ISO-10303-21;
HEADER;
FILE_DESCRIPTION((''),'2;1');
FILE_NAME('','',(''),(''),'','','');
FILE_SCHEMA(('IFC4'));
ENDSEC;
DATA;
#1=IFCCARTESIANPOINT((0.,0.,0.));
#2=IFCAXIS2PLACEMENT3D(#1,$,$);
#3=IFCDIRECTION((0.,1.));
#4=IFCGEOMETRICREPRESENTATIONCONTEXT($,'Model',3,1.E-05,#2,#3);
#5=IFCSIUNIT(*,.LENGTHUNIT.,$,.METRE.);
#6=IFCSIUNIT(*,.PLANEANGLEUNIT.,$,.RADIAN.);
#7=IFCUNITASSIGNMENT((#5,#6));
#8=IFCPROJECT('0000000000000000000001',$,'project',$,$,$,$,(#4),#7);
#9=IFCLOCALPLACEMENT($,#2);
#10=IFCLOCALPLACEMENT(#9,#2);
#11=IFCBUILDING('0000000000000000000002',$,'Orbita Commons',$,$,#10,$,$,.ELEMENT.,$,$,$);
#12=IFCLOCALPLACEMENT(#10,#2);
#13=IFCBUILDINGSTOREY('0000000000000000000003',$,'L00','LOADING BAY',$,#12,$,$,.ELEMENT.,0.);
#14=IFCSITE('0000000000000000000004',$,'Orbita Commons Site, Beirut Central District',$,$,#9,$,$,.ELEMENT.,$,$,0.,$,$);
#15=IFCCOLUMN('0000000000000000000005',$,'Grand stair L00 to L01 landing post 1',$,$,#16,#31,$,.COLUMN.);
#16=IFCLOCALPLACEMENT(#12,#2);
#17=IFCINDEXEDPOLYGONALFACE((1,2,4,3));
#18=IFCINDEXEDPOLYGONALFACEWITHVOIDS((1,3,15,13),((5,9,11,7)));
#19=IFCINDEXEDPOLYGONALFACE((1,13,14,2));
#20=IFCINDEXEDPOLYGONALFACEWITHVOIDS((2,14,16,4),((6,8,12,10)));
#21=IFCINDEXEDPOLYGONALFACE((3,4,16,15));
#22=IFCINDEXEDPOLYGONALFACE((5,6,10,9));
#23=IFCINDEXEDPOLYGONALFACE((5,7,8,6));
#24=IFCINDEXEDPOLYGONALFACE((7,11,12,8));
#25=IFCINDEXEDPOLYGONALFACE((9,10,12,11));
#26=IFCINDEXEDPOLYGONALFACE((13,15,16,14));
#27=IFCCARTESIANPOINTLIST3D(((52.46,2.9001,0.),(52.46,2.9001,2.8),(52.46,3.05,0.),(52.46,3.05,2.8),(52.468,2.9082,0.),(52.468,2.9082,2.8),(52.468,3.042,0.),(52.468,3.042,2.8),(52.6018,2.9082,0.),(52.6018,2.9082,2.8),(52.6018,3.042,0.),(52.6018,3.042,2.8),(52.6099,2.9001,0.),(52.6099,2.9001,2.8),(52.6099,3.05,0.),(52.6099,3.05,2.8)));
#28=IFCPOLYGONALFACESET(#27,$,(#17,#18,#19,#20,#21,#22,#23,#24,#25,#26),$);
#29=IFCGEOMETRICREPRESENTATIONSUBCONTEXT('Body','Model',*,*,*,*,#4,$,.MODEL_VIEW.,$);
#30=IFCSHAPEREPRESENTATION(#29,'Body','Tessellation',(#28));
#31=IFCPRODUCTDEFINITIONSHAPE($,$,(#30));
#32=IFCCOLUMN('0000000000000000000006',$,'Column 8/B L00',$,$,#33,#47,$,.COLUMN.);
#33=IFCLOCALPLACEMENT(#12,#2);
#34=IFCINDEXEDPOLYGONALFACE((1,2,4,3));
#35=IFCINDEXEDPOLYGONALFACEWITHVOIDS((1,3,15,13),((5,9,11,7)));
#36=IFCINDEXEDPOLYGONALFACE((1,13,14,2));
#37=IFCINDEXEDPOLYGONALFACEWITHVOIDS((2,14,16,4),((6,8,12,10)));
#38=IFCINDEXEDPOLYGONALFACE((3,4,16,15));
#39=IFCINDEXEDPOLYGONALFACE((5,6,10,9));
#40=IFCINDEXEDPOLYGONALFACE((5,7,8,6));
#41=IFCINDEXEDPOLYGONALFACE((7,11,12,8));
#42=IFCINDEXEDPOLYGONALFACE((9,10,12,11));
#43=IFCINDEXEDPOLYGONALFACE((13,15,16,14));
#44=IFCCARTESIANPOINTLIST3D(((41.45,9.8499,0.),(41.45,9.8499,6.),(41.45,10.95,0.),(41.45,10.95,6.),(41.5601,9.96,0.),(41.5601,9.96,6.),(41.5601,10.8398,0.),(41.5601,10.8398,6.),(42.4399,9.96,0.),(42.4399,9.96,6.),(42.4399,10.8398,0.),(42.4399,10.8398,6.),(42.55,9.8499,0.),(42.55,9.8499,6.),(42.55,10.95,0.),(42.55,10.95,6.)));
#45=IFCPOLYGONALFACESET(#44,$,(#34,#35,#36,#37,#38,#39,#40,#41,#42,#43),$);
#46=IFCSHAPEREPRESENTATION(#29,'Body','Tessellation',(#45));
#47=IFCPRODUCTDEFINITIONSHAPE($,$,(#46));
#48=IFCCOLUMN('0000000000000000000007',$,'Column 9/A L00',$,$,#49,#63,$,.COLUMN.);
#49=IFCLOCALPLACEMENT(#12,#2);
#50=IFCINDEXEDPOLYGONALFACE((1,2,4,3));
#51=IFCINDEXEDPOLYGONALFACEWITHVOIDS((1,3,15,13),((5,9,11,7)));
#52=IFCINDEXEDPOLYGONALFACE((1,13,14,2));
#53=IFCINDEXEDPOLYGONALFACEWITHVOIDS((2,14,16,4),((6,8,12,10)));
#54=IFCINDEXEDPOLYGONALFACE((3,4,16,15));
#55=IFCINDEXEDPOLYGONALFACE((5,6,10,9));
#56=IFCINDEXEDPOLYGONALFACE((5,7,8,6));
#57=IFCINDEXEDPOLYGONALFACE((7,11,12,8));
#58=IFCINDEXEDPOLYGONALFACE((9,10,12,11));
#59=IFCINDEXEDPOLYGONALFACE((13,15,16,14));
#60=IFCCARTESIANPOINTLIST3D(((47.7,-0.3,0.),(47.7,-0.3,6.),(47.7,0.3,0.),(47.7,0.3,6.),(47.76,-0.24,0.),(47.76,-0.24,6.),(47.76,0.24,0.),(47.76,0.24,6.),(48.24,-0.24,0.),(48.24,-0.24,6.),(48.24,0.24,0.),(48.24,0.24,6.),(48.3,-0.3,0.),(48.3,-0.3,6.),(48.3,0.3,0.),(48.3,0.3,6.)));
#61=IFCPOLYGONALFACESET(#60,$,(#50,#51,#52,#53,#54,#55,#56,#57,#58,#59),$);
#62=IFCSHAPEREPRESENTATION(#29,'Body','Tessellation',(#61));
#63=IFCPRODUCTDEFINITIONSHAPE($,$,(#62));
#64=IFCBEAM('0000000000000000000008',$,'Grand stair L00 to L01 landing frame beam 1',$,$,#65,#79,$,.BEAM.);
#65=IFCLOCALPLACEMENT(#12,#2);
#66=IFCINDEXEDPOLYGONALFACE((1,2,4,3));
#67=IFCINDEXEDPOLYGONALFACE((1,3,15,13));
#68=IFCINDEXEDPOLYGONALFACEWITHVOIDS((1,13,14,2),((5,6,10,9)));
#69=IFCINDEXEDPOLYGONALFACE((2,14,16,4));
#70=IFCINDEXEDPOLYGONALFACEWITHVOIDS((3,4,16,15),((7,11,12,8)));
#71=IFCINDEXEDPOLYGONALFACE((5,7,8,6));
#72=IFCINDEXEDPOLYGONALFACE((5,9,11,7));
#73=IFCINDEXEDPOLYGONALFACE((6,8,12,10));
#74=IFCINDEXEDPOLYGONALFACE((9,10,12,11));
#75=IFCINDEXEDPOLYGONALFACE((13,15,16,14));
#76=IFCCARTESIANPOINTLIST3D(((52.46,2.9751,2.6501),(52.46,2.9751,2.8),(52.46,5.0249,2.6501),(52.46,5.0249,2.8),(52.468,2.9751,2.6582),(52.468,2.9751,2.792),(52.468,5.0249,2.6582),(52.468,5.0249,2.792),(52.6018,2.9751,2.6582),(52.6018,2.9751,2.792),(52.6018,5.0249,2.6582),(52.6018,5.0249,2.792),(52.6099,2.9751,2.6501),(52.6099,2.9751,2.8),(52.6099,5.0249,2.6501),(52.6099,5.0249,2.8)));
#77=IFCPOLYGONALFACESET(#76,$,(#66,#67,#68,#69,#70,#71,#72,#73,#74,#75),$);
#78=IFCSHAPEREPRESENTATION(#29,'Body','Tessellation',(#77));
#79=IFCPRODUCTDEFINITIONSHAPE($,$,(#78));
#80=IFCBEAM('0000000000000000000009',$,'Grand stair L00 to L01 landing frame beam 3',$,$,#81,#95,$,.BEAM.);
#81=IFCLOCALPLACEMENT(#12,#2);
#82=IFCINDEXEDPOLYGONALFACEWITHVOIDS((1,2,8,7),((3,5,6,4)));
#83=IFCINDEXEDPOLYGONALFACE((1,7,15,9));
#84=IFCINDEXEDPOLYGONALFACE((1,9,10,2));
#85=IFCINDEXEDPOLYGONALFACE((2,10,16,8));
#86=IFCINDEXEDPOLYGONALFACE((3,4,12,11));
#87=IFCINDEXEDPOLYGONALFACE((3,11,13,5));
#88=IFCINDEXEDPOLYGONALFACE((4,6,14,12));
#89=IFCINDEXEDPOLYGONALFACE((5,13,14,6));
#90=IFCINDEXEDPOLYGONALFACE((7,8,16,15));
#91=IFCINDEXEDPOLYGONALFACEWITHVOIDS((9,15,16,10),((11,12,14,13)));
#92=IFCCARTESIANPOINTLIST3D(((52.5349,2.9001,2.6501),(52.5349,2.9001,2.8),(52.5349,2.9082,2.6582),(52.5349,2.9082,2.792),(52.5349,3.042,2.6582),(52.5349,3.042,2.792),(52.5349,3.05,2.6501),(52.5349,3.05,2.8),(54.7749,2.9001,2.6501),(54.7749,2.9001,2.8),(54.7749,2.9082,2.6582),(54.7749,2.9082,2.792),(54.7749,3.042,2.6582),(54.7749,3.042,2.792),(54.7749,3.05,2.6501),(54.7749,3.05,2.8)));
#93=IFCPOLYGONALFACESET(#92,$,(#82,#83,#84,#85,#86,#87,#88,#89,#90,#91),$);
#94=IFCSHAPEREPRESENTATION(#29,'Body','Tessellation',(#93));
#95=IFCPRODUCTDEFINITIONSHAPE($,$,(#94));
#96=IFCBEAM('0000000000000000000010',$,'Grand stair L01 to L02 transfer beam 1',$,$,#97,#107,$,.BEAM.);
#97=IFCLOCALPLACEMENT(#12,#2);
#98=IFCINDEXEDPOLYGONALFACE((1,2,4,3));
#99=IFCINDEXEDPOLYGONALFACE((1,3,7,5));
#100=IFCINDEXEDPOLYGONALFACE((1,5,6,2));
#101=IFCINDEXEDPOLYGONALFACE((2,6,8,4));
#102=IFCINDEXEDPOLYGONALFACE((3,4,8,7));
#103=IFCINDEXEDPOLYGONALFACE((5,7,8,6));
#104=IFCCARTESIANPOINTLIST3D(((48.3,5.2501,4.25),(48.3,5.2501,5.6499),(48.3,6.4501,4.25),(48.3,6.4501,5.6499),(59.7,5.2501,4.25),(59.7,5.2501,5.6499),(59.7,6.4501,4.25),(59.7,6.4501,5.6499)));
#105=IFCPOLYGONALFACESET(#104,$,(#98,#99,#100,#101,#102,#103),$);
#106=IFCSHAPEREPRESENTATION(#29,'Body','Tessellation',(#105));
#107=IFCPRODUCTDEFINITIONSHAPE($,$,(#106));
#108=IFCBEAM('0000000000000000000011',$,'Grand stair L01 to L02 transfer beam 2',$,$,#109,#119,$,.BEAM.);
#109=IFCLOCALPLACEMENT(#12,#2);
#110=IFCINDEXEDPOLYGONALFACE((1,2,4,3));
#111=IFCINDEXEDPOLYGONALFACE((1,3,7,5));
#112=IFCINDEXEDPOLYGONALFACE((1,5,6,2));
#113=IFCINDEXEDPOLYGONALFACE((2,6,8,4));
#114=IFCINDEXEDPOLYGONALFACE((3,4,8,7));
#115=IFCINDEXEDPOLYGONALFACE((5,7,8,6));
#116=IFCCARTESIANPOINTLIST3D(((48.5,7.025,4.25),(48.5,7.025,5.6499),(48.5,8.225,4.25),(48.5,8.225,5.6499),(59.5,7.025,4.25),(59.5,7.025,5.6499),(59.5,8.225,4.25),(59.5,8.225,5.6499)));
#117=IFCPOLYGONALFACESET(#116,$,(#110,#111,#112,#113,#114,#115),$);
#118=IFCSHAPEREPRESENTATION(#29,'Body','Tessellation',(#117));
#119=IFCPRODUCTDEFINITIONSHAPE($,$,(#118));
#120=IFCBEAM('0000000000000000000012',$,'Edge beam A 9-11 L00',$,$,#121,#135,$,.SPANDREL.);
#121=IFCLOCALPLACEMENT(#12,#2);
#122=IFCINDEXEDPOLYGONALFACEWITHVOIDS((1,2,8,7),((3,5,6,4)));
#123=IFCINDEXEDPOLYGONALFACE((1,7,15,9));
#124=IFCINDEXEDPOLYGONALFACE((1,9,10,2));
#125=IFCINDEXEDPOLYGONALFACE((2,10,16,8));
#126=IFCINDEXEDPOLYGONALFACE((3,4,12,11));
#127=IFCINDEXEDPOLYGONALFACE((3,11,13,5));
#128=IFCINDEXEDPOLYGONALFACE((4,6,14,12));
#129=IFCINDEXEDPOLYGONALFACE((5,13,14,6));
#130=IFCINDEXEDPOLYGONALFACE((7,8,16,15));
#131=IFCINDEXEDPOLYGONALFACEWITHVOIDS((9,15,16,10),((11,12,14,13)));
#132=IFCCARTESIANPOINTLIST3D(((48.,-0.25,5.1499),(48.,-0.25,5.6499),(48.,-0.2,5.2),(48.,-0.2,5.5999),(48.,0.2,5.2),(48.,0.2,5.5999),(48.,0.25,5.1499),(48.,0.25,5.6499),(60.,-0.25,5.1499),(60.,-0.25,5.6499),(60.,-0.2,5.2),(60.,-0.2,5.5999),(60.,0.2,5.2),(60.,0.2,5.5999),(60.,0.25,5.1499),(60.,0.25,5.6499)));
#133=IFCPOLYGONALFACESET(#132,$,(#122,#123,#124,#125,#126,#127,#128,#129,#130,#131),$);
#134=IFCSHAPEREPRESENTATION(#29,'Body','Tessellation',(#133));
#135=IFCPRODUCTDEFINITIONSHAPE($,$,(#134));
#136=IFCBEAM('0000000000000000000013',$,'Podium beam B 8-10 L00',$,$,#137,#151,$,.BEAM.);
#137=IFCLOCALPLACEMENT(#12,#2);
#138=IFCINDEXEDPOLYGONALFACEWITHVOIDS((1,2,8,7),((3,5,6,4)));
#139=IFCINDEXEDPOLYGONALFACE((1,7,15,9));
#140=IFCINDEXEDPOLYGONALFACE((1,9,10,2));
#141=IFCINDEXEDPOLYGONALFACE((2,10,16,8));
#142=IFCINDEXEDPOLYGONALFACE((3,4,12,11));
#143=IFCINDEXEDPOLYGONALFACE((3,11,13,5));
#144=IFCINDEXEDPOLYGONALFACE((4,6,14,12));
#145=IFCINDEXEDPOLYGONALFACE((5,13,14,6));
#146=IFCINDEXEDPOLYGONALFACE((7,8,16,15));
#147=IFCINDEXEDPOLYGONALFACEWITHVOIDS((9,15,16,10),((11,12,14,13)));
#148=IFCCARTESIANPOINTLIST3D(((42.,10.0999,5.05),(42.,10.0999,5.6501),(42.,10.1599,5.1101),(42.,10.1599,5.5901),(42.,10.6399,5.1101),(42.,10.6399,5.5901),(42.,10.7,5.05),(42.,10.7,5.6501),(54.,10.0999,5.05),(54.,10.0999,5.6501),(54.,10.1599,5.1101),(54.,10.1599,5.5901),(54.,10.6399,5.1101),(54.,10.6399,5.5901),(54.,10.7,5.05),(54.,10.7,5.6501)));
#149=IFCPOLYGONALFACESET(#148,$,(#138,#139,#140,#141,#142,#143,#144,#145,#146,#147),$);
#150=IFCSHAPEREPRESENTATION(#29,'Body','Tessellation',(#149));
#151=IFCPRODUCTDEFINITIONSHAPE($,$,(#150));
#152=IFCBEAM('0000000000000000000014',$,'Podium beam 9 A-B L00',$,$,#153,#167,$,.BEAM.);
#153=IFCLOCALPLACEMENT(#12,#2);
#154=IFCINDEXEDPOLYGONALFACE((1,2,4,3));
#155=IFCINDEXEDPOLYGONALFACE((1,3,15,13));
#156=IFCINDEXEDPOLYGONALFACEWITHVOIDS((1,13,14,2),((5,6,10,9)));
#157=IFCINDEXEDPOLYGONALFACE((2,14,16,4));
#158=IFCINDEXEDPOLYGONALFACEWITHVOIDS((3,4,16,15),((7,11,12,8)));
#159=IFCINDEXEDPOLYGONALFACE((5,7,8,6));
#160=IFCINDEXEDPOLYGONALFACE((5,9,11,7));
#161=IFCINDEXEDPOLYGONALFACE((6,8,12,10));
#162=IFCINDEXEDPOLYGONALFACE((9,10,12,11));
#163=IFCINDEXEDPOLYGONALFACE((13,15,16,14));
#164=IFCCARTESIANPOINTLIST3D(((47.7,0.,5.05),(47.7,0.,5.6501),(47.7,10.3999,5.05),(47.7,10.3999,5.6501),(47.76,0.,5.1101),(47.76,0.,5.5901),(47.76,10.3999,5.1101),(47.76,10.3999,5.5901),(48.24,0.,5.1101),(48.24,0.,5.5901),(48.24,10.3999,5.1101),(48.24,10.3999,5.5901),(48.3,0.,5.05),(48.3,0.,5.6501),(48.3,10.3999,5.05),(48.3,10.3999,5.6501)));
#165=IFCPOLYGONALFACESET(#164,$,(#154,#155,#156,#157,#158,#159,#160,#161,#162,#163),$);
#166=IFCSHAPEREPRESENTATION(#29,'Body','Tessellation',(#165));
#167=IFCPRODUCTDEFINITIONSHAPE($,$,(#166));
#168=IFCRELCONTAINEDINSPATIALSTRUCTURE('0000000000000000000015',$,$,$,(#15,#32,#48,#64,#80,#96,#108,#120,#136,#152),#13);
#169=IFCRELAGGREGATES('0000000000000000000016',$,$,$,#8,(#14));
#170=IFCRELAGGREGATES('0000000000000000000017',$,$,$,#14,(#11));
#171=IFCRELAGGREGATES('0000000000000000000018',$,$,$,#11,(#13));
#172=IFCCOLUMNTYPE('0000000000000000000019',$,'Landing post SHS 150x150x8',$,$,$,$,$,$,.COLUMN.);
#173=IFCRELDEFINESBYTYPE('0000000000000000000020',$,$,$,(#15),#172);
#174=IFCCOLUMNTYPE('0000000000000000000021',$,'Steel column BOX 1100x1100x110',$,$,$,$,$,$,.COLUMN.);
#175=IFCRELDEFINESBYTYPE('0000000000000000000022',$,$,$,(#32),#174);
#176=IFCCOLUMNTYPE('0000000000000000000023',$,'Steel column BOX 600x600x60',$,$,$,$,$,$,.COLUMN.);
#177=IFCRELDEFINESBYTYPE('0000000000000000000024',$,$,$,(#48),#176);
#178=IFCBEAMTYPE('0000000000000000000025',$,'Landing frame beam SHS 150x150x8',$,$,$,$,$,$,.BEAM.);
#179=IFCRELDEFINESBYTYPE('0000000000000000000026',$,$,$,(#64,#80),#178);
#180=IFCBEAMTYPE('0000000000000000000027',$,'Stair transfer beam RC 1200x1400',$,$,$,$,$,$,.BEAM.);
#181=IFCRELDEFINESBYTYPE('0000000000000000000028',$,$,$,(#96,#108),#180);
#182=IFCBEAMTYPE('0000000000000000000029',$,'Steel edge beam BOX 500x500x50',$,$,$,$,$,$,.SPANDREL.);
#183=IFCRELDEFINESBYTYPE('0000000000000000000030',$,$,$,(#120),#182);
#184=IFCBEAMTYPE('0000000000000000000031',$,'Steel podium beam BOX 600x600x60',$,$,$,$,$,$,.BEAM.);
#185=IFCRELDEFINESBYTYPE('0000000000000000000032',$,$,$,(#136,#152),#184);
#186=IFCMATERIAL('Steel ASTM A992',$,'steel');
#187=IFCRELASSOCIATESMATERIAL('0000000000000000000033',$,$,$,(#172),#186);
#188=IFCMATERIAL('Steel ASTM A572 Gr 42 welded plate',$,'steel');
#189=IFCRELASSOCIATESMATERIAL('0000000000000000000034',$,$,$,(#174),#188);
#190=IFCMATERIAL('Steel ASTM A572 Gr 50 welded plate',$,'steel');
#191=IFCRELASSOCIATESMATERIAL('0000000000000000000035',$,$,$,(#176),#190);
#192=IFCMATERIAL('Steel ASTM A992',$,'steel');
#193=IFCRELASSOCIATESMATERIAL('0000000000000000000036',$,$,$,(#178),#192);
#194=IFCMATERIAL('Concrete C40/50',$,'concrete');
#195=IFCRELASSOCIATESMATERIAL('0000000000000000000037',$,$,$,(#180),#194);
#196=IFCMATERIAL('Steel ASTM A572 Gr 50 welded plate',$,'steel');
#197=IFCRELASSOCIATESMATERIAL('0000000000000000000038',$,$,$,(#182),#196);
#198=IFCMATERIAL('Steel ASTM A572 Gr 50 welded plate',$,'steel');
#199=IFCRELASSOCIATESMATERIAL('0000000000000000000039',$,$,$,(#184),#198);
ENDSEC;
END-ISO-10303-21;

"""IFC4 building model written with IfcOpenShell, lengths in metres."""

from ifc_helpers import new_model, si_unit, direction, frame, origin, origin_2d, place, context, subcontext, project, spatial, rectangle, hollow_rectangle, extrude, material, material_profile, profile_set, type_object, element, save


model = new_model("IFC4")

# Units and contexts
model_context = context("Model", 3, precision=1e-05, world=origin(), true_north=direction((0.0, 1.0)))
body_context = subcontext(model_context, "Body", "Model", "MODEL_VIEW")
ifc_project = project(units=[si_unit("LENGTHUNIT", "METRE"), si_unit("PLANEANGLEUNIT", "RADIAN")], contexts=[model_context])

# Site, building, storey
site_placement = place(None, origin())
site = spatial("IfcSite", under=ifc_project, at=site_placement, Name="Orbita Commons Site, Beirut Central District", CompositionType="ELEMENT", RefElevation=0.0)
building_placement = place(site_placement, origin())
building = spatial("IfcBuilding", under=site, at=building_placement, Name="Orbita Commons", CompositionType="ELEMENT")
storey_placement = place(building_placement, origin())
storey = spatial("IfcBuildingStorey", under=building, at=storey_placement, Name="L00", Description="LOADING BAY", CompositionType="ELEMENT", Elevation=0.0)

# Columns
ifc_material_1 = material(Name="Steel ASTM A992", Category="steel")
ifc_material_profile_1 = material_profile(ifc_material_1, hollow_rectangle(XDim=0.1499, YDim=0.1499, WallThickness=0.0081, at=origin_2d()), Name="SHS 150x150x8")
ifc_profile_set_1 = profile_set([ifc_material_profile_1], Name="Steel ASTM A992")
column_type_1 = type_object("IfcColumnType", Name="Landing post SHS 150x150x8", PredefinedType="COLUMN", material=ifc_profile_set_1)
column_1_placement = place(storey_placement, frame((52.5349, 2.9751, 0.0), z_axis=(0.0, 0.0, 1.0), x_axis=(1.0, 0.0, 0.0)))
element("IfcColumn", 1, at=column_1_placement, inside=storey, type_object=column_type_1, Name="Grand stair L00 to L01 landing post 1", PredefinedType="COLUMN", context=body_context, shape_type="SweptSolid", body=[
    extrude(hollow_rectangle(XDim=0.1499, YDim=0.1499, WallThickness=0.0081, at=origin_2d()), origin(), (0.0, 0.0, 1.0), 2.8),
])
ifc_material_2 = material(Name="Steel ASTM A572 Gr 42 welded plate", Category="steel")
ifc_material_profile_2 = material_profile(ifc_material_2, hollow_rectangle(XDim=1.1001, YDim=1.1001, WallThickness=0.1101, at=origin_2d()), Name="BOX 1100x1100x110")
ifc_profile_set_2 = profile_set([ifc_material_profile_2], Name="Steel ASTM A572 Gr 42 welded plate")
column_type_2 = type_object("IfcColumnType", Name="Steel column BOX 1100x1100x110", PredefinedType="COLUMN", material=ifc_profile_set_2)
column_2_placement = place(storey_placement, frame((42.0, 10.3999, 0.0), z_axis=(0.0, 0.0, 1.0), x_axis=(1.0, 0.0, 0.0)))
element("IfcColumn", 2, at=column_2_placement, inside=storey, type_object=column_type_2, Name="Column 8/B L00", PredefinedType="COLUMN", context=body_context, shape_type="SweptSolid", body=[
    extrude(hollow_rectangle(XDim=1.1001, YDim=1.1001, WallThickness=0.1101, at=origin_2d()), origin(), (0.0, 0.0, 1.0), 6.0),
])
ifc_material_3 = material(Name="Steel ASTM A572 Gr 50 welded plate", Category="steel")
ifc_material_profile_3 = material_profile(ifc_material_3, hollow_rectangle(XDim=0.6001, YDim=0.6001, WallThickness=0.0601, at=origin_2d()), Name="BOX 600x600x60")
ifc_profile_set_3 = profile_set([ifc_material_profile_3], Name="Steel ASTM A572 Gr 50 welded plate")
column_type_3 = type_object("IfcColumnType", Name="Steel column BOX 600x600x60", PredefinedType="COLUMN", material=ifc_profile_set_3)
column_3_placement = place(storey_placement, frame((48.0, 0.0, 0.0), z_axis=(0.0, 0.0, 1.0), x_axis=(1.0, 0.0, 0.0)))
element("IfcColumn", 3, at=column_3_placement, inside=storey, type_object=column_type_3, Name="Column 9/A L00", PredefinedType="COLUMN", context=body_context, shape_type="SweptSolid", body=[
    extrude(hollow_rectangle(XDim=0.6001, YDim=0.6001, WallThickness=0.0601, at=origin_2d()), origin(), (0.0, 0.0, 1.0), 6.0),
])

# Beams
ifc_material_4 = material(Name="Steel ASTM A992", Category="steel")
ifc_material_profile_4 = material_profile(ifc_material_4, hollow_rectangle(XDim=0.1499, YDim=0.1499, WallThickness=0.0081, at=origin_2d()), Name="SHS 150x150x8")
ifc_profile_set_4 = profile_set([ifc_material_profile_4], Name="Steel ASTM A992")
beam_type_1 = type_object("IfcBeamType", Name="Landing frame beam SHS 150x150x8", PredefinedType="BEAM", material=ifc_profile_set_4)
beam_1_placement = place(storey_placement, frame((52.5349, 2.9751, 2.7251), z_axis=(0.0, 1.0, 0.0), x_axis=(-1.0, 0.0, 0.0)))
element("IfcBeam", 4, at=beam_1_placement, inside=storey, type_object=beam_type_1, Name="Grand stair L00 to L01 landing frame beam 1", PredefinedType="BEAM", context=body_context, shape_type="SweptSolid", body=[
    extrude(hollow_rectangle(XDim=0.1499, YDim=0.1499, WallThickness=0.0081, at=origin_2d()), origin(), (0.0, 0.0, 1.0), 2.0498),
])
beam_2_placement = place(storey_placement, frame((52.5349, 2.9751, 2.7251), z_axis=(1.0, 0.0, 0.0), x_axis=(0.0, 1.0, 0.0)))
element("IfcBeam", 5, at=beam_2_placement, inside=storey, type_object=beam_type_1, Name="Grand stair L00 to L01 landing frame beam 3", PredefinedType="BEAM", context=body_context, shape_type="SweptSolid", body=[
    extrude(hollow_rectangle(XDim=0.1499, YDim=0.1499, WallThickness=0.0081, at=origin_2d()), origin(), (0.0, 0.0, 1.0), 2.24),
])
ifc_material_5 = material(Name="Concrete C40/50", Category="concrete")
ifc_material_profile_5 = material_profile(ifc_material_5, rectangle(XDim=1.2, YDim=1.3999, at=origin_2d()), Name="RC 1200x1400")
ifc_profile_set_5 = profile_set([ifc_material_profile_5], Name="Concrete C40/50")
beam_type_2 = type_object("IfcBeamType", Name="Stair transfer beam RC 1200x1400", PredefinedType="BEAM", material=ifc_profile_set_5)
beam_3_placement = place(storey_placement, frame((48.3, 5.8501, 4.95), z_axis=(1.0, 0.0, 0.0), x_axis=(0.0, 1.0, 0.0)))
element("IfcBeam", 6, at=beam_3_placement, inside=storey, type_object=beam_type_2, Name="Grand stair L01 to L02 transfer beam 1", PredefinedType="BEAM", context=body_context, shape_type="SweptSolid", body=[
    extrude(rectangle(XDim=1.2, YDim=1.3999, at=origin_2d()), origin(), (0.0, 0.0, 1.0), 11.3999),
])
beam_4_placement = place(storey_placement, frame((48.5, 7.625, 4.95), z_axis=(1.0, 0.0, 0.0), x_axis=(0.0, 1.0, 0.0)))
element("IfcBeam", 7, at=beam_4_placement, inside=storey, type_object=beam_type_2, Name="Grand stair L01 to L02 transfer beam 2", PredefinedType="BEAM", context=body_context, shape_type="SweptSolid", body=[
    extrude(rectangle(XDim=1.2, YDim=1.3999, at=origin_2d()), origin(), (0.0, 0.0, 1.0), 11.0),
])
ifc_material_6 = material(Name="Steel ASTM A572 Gr 50 welded plate", Category="steel")
ifc_material_profile_6 = material_profile(ifc_material_6, hollow_rectangle(XDim=0.5, YDim=0.5, WallThickness=0.05, at=origin_2d()), Name="BOX 500x500x50")
ifc_profile_set_6 = profile_set([ifc_material_profile_6], Name="Steel ASTM A572 Gr 50 welded plate")
beam_type_3 = type_object("IfcBeamType", Name="Steel edge beam BOX 500x500x50", PredefinedType="SPANDREL", material=ifc_profile_set_6)
beam_5_placement = place(storey_placement, frame((48.0, 0.0, 5.3999), z_axis=(1.0, 0.0, 0.0), x_axis=(0.0, 1.0, 0.0)))
element("IfcBeam", 8, at=beam_5_placement, inside=storey, type_object=beam_type_3, Name="Edge beam A 9-11 L00", PredefinedType="SPANDREL", context=body_context, shape_type="SweptSolid", body=[
    extrude(hollow_rectangle(XDim=0.5, YDim=0.5, WallThickness=0.05, at=origin_2d()), origin(), (0.0, 0.0, 1.0), 12.0),
])
ifc_material_7 = material(Name="Steel ASTM A572 Gr 50 welded plate", Category="steel")
ifc_material_profile_7 = material_profile(ifc_material_7, hollow_rectangle(XDim=0.6001, YDim=0.6001, WallThickness=0.0601, at=origin_2d()), Name="BOX 600x600x60")
ifc_profile_set_7 = profile_set([ifc_material_profile_7], Name="Steel ASTM A572 Gr 50 welded plate")
beam_type_4 = type_object("IfcBeamType", Name="Steel podium beam BOX 600x600x60", PredefinedType="BEAM", material=ifc_profile_set_7)
beam_6_placement = place(storey_placement, frame((42.0, 10.3999, 5.3501), z_axis=(1.0, 0.0, 0.0), x_axis=(0.0, 1.0, 0.0)))
element("IfcBeam", 9, at=beam_6_placement, inside=storey, type_object=beam_type_4, Name="Podium beam B 8-10 L00", PredefinedType="BEAM", context=body_context, shape_type="SweptSolid", body=[
    extrude(hollow_rectangle(XDim=0.6001, YDim=0.6001, WallThickness=0.0601, at=origin_2d()), origin(), (0.0, 0.0, 1.0), 12.0),
])
beam_7_placement = place(storey_placement, frame((48.0, 0.0, 5.3501), z_axis=(0.0, 1.0, 0.0), x_axis=(-1.0, 0.0, 0.0)))
element("IfcBeam", 10, at=beam_7_placement, inside=storey, type_object=beam_type_4, Name="Podium beam 9 A-B L00", PredefinedType="BEAM", context=body_context, shape_type="SweptSolid", body=[
    extrude(hollow_rectangle(XDim=0.6001, YDim=0.6001, WallThickness=0.0601, at=origin_2d()), origin(), (0.0, 0.0, 1.0), 10.3999),
])

save(model, "model.ifc")
